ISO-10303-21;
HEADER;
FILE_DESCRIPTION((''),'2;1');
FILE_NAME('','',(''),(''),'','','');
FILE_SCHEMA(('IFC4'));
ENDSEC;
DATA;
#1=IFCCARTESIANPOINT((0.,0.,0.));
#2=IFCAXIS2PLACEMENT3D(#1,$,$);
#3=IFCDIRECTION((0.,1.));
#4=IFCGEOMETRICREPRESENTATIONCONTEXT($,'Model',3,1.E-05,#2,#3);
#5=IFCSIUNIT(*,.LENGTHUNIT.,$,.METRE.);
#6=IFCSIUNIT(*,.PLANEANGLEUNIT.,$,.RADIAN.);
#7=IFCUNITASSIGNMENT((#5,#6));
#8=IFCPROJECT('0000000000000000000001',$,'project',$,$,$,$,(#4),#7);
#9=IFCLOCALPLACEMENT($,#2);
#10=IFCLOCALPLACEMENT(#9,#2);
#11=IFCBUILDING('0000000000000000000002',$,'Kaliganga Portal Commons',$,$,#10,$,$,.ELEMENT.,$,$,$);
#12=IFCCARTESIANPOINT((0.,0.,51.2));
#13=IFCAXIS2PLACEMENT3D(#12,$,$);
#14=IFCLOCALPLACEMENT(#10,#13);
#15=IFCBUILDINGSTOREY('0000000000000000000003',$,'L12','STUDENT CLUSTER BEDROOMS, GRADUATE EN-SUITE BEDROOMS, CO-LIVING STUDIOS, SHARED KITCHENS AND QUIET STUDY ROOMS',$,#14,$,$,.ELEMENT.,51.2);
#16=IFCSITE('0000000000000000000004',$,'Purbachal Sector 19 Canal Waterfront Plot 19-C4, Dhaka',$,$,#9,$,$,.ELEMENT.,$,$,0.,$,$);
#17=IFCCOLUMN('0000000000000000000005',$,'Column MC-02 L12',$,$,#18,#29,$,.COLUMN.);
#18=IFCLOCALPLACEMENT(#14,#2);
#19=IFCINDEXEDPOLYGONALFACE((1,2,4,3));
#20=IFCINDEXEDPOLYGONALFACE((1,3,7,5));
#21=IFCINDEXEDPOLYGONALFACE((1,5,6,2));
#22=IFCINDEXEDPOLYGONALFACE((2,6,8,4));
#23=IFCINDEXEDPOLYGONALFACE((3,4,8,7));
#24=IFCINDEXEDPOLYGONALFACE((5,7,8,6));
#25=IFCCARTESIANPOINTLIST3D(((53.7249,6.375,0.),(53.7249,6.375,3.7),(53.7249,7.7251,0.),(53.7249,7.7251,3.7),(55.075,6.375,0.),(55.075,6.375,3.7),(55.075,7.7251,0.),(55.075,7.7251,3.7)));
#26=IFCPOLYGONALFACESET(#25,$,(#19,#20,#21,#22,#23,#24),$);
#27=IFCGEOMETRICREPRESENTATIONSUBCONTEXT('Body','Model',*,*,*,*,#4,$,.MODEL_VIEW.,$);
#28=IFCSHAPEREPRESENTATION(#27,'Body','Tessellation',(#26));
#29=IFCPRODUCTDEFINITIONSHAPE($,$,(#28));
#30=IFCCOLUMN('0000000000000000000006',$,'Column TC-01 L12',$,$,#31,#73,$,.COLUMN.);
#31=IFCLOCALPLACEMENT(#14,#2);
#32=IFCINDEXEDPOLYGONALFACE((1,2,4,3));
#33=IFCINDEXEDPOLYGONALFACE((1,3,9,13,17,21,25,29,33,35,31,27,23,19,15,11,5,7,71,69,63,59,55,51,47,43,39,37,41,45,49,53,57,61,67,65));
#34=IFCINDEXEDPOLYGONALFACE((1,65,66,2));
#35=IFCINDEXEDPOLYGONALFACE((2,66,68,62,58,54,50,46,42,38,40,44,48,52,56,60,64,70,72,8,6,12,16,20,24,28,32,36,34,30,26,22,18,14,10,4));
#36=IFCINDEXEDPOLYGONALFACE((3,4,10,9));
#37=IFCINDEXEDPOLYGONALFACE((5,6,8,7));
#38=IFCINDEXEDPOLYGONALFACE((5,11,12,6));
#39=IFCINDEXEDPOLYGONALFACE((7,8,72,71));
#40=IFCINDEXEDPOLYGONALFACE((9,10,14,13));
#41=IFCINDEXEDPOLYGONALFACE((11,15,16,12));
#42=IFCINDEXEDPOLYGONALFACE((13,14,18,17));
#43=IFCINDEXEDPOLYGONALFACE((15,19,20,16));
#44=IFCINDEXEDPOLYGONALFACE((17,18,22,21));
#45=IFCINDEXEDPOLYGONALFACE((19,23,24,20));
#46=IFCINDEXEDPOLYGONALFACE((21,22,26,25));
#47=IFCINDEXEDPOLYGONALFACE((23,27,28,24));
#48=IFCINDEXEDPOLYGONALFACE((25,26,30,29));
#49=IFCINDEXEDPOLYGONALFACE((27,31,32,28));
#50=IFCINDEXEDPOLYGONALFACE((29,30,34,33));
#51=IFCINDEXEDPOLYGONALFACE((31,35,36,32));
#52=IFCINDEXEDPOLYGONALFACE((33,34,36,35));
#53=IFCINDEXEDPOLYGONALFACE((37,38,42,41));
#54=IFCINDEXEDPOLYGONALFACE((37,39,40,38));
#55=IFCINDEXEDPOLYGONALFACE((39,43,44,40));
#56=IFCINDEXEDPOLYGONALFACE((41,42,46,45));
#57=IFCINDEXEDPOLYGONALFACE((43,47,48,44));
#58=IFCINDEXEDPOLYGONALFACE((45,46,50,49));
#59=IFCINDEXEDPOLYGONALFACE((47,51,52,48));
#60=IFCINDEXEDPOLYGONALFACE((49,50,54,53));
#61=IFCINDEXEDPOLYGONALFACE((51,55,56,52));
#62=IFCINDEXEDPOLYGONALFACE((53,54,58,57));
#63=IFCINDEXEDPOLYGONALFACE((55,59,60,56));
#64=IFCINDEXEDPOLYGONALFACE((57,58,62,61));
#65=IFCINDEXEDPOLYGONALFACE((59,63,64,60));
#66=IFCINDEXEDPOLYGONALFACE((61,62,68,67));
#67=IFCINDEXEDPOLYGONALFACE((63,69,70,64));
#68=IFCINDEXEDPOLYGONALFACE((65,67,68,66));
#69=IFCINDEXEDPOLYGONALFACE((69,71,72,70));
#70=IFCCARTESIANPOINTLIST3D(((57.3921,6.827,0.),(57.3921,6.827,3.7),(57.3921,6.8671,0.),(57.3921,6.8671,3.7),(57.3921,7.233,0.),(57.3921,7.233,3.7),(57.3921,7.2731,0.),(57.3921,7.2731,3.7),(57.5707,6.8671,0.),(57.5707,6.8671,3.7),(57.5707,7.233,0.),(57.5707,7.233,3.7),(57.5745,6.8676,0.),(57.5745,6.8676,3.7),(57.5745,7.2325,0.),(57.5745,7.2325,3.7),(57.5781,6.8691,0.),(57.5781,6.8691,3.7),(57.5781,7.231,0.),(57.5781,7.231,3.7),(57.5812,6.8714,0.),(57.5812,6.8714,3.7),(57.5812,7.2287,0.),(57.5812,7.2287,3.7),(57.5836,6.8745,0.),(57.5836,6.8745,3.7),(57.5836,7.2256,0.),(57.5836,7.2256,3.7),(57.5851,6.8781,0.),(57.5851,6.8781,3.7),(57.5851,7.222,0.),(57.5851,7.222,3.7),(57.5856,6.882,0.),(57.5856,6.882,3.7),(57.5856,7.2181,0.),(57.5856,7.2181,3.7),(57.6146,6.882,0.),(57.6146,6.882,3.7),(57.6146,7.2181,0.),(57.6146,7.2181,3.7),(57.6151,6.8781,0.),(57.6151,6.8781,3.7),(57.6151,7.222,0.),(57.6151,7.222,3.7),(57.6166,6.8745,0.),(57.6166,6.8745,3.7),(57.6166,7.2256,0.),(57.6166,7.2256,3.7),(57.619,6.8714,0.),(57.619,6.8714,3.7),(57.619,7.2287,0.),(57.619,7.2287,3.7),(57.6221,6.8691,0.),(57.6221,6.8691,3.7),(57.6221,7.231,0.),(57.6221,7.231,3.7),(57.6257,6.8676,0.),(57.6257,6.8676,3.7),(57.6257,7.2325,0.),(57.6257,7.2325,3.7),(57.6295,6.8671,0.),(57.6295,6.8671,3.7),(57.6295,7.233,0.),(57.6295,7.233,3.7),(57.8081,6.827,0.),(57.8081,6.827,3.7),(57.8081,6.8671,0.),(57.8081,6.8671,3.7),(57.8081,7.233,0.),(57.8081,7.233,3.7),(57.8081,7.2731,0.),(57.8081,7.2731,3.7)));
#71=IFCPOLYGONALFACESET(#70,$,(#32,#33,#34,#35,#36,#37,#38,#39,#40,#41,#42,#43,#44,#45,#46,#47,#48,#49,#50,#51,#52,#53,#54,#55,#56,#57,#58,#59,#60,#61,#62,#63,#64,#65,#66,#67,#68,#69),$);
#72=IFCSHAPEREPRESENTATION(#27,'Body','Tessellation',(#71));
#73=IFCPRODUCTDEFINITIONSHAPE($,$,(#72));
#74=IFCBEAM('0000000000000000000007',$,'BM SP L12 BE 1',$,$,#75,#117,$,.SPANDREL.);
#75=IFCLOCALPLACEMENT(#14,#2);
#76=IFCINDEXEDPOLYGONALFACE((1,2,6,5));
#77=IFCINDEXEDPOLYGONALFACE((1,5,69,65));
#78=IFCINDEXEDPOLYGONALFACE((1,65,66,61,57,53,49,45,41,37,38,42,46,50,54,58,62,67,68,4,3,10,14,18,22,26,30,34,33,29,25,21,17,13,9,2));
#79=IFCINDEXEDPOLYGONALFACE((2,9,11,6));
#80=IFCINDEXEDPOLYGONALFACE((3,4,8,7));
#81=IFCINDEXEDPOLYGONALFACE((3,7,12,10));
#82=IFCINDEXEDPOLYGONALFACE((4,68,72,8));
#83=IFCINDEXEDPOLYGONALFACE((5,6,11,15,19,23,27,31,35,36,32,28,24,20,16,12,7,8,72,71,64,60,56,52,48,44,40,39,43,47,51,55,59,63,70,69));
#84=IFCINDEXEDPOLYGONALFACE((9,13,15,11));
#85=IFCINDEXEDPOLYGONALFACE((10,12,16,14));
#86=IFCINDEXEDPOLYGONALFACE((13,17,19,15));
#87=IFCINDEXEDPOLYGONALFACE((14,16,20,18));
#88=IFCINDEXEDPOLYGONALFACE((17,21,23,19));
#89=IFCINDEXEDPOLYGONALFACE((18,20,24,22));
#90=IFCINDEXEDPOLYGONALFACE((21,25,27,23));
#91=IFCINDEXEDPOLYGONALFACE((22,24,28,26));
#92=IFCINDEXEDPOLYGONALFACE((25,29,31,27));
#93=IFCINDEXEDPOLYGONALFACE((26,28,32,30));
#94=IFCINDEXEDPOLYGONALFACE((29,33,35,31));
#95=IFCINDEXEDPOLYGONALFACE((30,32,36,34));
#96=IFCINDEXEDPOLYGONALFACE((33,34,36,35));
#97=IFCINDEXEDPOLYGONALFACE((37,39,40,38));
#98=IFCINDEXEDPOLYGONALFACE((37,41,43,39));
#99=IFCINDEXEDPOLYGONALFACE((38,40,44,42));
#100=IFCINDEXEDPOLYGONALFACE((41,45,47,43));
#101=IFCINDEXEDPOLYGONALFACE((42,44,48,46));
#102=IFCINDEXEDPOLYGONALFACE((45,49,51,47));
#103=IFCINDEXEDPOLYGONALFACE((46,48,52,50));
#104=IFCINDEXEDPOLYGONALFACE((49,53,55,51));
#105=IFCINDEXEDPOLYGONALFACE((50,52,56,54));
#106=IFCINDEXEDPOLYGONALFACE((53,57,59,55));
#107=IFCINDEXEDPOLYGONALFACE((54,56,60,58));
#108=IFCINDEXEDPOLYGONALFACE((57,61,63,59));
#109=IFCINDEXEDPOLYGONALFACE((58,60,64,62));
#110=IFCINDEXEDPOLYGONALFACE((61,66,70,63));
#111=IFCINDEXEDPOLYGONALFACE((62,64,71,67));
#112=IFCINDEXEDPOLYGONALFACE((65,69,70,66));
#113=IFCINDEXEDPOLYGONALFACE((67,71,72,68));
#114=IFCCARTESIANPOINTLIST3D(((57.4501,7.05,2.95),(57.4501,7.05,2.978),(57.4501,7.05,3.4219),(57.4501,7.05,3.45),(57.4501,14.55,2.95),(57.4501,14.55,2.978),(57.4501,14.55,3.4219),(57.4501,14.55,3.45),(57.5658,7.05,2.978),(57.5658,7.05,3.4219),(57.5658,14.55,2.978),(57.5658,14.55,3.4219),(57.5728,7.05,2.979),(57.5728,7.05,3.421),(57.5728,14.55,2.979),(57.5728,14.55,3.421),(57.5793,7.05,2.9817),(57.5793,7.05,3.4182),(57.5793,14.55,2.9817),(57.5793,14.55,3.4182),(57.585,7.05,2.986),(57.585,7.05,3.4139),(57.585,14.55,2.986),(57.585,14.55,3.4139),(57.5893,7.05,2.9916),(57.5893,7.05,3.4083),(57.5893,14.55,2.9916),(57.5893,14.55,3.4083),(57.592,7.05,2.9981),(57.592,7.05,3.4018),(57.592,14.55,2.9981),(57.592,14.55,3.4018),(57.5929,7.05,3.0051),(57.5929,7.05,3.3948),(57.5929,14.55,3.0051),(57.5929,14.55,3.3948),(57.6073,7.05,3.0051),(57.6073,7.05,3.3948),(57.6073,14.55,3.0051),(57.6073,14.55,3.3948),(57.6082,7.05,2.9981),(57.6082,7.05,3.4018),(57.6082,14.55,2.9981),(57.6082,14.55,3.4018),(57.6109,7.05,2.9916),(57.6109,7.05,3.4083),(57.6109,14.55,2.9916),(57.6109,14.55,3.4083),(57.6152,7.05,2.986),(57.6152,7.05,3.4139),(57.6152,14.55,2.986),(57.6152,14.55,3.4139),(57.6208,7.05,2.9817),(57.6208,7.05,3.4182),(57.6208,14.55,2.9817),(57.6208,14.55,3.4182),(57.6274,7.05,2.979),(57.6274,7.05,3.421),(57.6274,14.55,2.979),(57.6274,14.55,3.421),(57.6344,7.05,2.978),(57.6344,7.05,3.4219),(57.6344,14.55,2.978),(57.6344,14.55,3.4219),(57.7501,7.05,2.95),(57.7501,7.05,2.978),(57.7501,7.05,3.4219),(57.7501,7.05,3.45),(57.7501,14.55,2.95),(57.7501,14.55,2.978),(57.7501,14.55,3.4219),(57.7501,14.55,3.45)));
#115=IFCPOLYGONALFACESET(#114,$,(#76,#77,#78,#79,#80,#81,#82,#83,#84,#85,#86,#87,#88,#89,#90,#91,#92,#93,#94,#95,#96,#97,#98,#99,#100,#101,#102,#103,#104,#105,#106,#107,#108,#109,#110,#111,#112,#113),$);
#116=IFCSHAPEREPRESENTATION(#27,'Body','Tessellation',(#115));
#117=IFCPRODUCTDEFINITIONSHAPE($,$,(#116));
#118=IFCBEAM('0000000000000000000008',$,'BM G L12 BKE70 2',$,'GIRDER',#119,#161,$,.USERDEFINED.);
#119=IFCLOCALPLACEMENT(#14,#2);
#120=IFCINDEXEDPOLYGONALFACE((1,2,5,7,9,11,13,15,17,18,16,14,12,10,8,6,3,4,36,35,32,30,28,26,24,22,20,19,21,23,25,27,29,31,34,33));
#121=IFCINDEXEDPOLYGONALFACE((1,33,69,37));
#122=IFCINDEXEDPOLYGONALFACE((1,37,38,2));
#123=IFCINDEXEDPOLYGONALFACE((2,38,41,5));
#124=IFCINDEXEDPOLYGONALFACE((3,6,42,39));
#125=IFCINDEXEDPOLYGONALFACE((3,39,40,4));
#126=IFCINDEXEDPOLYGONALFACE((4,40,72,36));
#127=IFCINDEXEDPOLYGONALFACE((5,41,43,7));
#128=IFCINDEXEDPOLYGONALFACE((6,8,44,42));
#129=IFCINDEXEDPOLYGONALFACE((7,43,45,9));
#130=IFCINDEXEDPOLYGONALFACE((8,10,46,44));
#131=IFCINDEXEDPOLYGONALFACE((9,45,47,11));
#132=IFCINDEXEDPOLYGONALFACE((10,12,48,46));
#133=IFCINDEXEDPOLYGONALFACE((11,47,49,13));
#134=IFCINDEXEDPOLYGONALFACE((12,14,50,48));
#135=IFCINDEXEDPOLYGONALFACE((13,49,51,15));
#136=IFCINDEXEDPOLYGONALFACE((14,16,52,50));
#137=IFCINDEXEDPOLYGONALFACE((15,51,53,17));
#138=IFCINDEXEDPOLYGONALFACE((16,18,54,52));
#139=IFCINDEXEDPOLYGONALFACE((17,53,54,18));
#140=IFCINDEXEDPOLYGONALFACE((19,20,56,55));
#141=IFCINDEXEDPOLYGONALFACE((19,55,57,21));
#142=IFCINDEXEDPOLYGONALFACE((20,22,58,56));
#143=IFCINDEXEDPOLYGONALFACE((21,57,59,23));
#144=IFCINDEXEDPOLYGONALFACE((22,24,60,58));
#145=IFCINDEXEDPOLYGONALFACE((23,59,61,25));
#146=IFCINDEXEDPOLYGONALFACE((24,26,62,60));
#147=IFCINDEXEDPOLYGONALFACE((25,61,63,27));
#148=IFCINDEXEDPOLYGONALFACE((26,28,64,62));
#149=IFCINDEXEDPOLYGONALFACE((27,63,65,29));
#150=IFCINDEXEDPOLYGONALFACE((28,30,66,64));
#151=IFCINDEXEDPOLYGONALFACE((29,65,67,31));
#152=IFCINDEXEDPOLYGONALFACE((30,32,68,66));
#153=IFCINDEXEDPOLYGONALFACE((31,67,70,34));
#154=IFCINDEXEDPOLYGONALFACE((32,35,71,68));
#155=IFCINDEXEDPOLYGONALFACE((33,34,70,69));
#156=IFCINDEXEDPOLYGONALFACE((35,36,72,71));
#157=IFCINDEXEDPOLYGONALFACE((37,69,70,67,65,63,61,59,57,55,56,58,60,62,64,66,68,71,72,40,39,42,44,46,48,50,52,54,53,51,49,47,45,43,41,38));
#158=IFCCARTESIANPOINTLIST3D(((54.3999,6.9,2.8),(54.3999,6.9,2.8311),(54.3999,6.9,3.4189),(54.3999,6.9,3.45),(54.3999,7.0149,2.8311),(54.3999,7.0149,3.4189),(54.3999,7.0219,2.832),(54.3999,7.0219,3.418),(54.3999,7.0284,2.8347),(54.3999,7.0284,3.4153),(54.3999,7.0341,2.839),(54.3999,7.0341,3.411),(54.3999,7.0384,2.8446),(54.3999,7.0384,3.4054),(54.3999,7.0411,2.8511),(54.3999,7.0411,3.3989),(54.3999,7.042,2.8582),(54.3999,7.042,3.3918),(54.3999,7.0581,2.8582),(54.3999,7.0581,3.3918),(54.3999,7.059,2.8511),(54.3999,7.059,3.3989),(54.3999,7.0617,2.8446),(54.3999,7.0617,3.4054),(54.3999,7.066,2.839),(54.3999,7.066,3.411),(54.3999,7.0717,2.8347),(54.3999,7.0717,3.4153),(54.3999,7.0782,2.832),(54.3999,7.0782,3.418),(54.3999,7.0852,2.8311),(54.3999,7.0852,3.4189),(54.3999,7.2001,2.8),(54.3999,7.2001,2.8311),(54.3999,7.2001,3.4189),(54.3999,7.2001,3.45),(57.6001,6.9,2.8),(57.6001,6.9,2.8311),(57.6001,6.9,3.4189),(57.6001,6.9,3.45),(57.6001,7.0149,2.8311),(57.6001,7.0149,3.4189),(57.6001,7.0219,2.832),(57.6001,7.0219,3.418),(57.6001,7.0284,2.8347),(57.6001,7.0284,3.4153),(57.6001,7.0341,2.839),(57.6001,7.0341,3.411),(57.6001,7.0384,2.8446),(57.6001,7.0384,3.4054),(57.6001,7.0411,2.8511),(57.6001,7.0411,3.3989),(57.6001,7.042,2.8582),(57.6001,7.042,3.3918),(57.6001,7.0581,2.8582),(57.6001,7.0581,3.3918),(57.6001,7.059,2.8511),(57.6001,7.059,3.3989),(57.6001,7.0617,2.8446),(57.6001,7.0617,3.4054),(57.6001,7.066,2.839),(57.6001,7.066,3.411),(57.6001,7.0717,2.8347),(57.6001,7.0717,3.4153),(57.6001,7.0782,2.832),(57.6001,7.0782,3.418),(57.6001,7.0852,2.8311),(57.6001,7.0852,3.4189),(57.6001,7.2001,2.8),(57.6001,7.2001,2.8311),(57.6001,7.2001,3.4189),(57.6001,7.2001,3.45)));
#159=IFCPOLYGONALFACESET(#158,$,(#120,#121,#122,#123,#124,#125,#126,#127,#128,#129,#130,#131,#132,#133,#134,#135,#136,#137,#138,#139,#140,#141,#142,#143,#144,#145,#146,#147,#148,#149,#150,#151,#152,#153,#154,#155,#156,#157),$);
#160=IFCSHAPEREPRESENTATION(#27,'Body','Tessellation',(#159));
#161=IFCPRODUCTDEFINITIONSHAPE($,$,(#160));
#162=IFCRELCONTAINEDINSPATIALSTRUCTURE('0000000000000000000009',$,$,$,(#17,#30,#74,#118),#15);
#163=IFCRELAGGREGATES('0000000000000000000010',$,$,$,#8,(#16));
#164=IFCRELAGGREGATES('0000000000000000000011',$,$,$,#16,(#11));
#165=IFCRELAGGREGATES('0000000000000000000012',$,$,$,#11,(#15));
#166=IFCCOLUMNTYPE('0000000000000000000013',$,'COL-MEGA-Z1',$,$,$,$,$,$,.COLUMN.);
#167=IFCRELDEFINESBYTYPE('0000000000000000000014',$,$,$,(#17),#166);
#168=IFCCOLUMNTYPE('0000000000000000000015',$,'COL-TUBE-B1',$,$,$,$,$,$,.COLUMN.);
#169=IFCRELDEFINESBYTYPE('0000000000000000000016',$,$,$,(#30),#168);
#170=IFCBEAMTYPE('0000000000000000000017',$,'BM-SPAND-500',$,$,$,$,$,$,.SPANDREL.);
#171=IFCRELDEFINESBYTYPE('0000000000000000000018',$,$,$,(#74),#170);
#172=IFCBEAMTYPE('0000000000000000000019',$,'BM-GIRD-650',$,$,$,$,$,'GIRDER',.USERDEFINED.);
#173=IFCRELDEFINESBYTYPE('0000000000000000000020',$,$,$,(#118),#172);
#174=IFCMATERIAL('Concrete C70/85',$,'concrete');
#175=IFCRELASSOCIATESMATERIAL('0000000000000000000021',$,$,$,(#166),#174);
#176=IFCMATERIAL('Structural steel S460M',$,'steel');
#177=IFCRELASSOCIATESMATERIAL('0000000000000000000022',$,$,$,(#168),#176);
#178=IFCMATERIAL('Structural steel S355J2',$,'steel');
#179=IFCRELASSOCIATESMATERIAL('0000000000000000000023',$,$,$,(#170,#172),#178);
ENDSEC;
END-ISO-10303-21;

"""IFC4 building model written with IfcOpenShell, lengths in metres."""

from ifc_helpers import new_model, si_unit, direction, frame, origin, origin_2d, place, context, subcontext, project, spatial, rectangle, i_section, extrude, source, transform, mapped, material, material_profile, profile_set, type_object, element, save


model = new_model("IFC4")

# Units and contexts
model_context = context("Model", 3, precision=1e-05, world=origin(), true_north=direction((0.0, 1.0)))
body_context = subcontext(model_context, "Body", "Model", "MODEL_VIEW")
ifc_project = project(units=[si_unit("LENGTHUNIT", "METRE"), si_unit("PLANEANGLEUNIT", "RADIAN")], contexts=[model_context])

# Site, building, storey
site_placement = place(None, origin())
site = spatial("IfcSite", under=ifc_project, at=site_placement, Name="Purbachal Sector 19 Canal Waterfront Plot 19-C4, Dhaka", CompositionType="ELEMENT", RefElevation=0.0)
building_placement = place(site_placement, origin())
building = spatial("IfcBuilding", under=site, at=building_placement, Name="Kaliganga Portal Commons", CompositionType="ELEMENT")
storey_placement = place(building_placement, frame((0.0, 0.0, 51.2)))
storey = spatial("IfcBuildingStorey", under=building, at=storey_placement, Name="L12", Description="STUDENT CLUSTER BEDROOMS, GRADUATE EN-SUITE BEDROOMS, CO-LIVING STUDIOS, SHARED KITCHENS AND QUIET STUDY ROOMS", CompositionType="ELEMENT", Elevation=51.2)

# Columns
ifc_material_1 = material(Name="Concrete C70/85", Category="concrete")
ifc_material_profile_1 = material_profile(ifc_material_1, rectangle(XDim=1.3501, YDim=1.3501, at=origin_2d()), Name="RC 1350x1350")
ifc_profile_set_1 = profile_set([ifc_material_profile_1], Name="Concrete C70/85")
column_type_1 = type_object("IfcColumnType", Name="COL-MEGA-Z1", PredefinedType="COLUMN", material=ifc_profile_set_1)
shared_shape_1 = source(origin(), body_context, "Body", "SweptSolid", [
    extrude(rectangle(XDim=1.3501, YDim=1.3501, at=origin_2d()), origin(), (0.0, 0.0, 1.0), 3.7),
])
column_1_placement = place(storey_placement, frame((54.3999, 7.05, 0.0), z_axis=(0.0, 0.0, 1.0), x_axis=(1.0, 0.0, 0.0)))
element("IfcColumn", 1, at=column_1_placement, inside=storey, type_object=column_type_1, Name="Column MC-02 L12", PredefinedType="COLUMN", context=body_context, shape_type="MappedRepresentation", body=[
    mapped(shared_shape_1, transform((0.0, 0.0, 0.0), x_axis=(1.0, 0.0, 0.0), y_axis=(0.0, 1.0, 0.0), z_axis=(0.0, 0.0, 1.0), scale=1.0)),
])
ifc_material_2 = material(Name="Structural steel S460M", Category="steel")
ifc_material_profile_2 = material_profile(ifc_material_2, i_section(OverallWidth=0.416, OverallDepth=0.446, WebThickness=0.0291, FlangeThickness=0.04, FilletRadius=0.0149, at=origin_2d()), Name="HD 400x509")
ifc_profile_set_2 = profile_set([ifc_material_profile_2], Name="Structural steel S460M wide-flange")
column_type_2 = type_object("IfcColumnType", Name="COL-TUBE-B1", PredefinedType="COLUMN", material=ifc_profile_set_2)
shared_shape_2 = source(origin(), body_context, "Body", "SweptSolid", [
    extrude(i_section(OverallWidth=0.416, OverallDepth=0.446, WebThickness=0.0291, FlangeThickness=0.04, FilletRadius=0.0149, at=origin_2d()), origin(), (0.0, 0.0, 1.0), 3.7),
])
column_2_placement = place(storey_placement, frame((57.6001, 7.05, 0.0), z_axis=(0.0, 0.0, 1.0), x_axis=(1.0, 0.0, 0.0)))
element("IfcColumn", 2, at=column_2_placement, inside=storey, type_object=column_type_2, Name="Column TC-01 L12", PredefinedType="COLUMN", context=body_context, shape_type="MappedRepresentation", body=[
    mapped(shared_shape_2, transform((0.0, 0.0, 0.0), x_axis=(1.0, 0.0, 0.0), y_axis=(0.0, 1.0, 0.0), z_axis=(0.0, 0.0, 1.0), scale=1.0)),
])

# Beams
ifc_material_3 = material(Name="Structural steel S355J2", Category="steel")
ifc_material_profile_3 = material_profile(ifc_material_3, i_section(OverallWidth=0.3, OverallDepth=0.5, WebThickness=0.0144, FlangeThickness=0.0281, FilletRadius=0.0271, at=origin_2d()), Name="HE 500 B")
ifc_profile_set_3 = profile_set([ifc_material_profile_3], Name="Structural steel S355J2 wide-flange")
beam_type_1 = type_object("IfcBeamType", Name="BM-SPAND-500", PredefinedType="SPANDREL", material=ifc_profile_set_3)
shared_shape_3 = source(origin(), body_context, "Body", "SweptSolid", [
    extrude(i_section(OverallWidth=0.3, OverallDepth=0.5, WebThickness=0.0144, FlangeThickness=0.0281, FilletRadius=0.0271, at=origin_2d()), origin(), (0.0, 0.0, 1.0), 7.5),
])
beam_1_placement = place(storey_placement, frame((57.6001, 7.05, 3.2), z_axis=(0.0, 1.0, 0.0), x_axis=(-1.0, 0.0, 0.0)))
element("IfcBeam", 3, at=beam_1_placement, inside=storey, type_object=beam_type_1, Name="BM SP L12 BE 1", PredefinedType="SPANDREL", context=body_context, shape_type="MappedRepresentation", body=[
    mapped(shared_shape_3, transform((0.0, 0.0, 0.0), x_axis=(1.0, 0.0, 0.0), y_axis=(0.0, 1.0, 0.0), z_axis=(0.0, 0.0, 1.0), scale=1.0)),
])
ifc_material_profile_4 = material_profile(ifc_material_3, i_section(OverallWidth=0.3, OverallDepth=0.6499, WebThickness=0.0161, FlangeThickness=0.031, FilletRadius=0.0271, at=origin_2d()), Name="HE 650 B")
ifc_profile_set_4 = profile_set([ifc_material_profile_4], Name="Structural steel S355J2 wide-flange")
beam_type_2 = type_object("IfcBeamType", Name="BM-GIRD-650", ElementType="GIRDER", PredefinedType="USERDEFINED", material=ifc_profile_set_4)
shared_shape_4 = source(origin(), body_context, "Body", "SweptSolid", [
    extrude(i_section(OverallWidth=0.3, OverallDepth=0.6499, WebThickness=0.0161, FlangeThickness=0.031, FilletRadius=0.0271, at=origin_2d()), origin(), (0.0, 0.0, 1.0), 3.2002),
])
beam_2_placement = place(storey_placement, frame((54.3999, 7.05, 3.125), z_axis=(1.0, 0.0, 0.0), x_axis=(0.0, 1.0, 0.0)))
element("IfcBeam", 4, at=beam_2_placement, inside=storey, type_object=beam_type_2, Name="BM G L12 BKE70 2", ObjectType="GIRDER", PredefinedType="USERDEFINED", context=body_context, shape_type="MappedRepresentation", body=[
    mapped(shared_shape_4, transform((0.0, 0.0, 0.0), x_axis=(1.0, 0.0, 0.0), y_axis=(0.0, 1.0, 0.0), z_axis=(0.0, 0.0, 1.0), scale=1.0)),
])

save(model, "model.ifc")
